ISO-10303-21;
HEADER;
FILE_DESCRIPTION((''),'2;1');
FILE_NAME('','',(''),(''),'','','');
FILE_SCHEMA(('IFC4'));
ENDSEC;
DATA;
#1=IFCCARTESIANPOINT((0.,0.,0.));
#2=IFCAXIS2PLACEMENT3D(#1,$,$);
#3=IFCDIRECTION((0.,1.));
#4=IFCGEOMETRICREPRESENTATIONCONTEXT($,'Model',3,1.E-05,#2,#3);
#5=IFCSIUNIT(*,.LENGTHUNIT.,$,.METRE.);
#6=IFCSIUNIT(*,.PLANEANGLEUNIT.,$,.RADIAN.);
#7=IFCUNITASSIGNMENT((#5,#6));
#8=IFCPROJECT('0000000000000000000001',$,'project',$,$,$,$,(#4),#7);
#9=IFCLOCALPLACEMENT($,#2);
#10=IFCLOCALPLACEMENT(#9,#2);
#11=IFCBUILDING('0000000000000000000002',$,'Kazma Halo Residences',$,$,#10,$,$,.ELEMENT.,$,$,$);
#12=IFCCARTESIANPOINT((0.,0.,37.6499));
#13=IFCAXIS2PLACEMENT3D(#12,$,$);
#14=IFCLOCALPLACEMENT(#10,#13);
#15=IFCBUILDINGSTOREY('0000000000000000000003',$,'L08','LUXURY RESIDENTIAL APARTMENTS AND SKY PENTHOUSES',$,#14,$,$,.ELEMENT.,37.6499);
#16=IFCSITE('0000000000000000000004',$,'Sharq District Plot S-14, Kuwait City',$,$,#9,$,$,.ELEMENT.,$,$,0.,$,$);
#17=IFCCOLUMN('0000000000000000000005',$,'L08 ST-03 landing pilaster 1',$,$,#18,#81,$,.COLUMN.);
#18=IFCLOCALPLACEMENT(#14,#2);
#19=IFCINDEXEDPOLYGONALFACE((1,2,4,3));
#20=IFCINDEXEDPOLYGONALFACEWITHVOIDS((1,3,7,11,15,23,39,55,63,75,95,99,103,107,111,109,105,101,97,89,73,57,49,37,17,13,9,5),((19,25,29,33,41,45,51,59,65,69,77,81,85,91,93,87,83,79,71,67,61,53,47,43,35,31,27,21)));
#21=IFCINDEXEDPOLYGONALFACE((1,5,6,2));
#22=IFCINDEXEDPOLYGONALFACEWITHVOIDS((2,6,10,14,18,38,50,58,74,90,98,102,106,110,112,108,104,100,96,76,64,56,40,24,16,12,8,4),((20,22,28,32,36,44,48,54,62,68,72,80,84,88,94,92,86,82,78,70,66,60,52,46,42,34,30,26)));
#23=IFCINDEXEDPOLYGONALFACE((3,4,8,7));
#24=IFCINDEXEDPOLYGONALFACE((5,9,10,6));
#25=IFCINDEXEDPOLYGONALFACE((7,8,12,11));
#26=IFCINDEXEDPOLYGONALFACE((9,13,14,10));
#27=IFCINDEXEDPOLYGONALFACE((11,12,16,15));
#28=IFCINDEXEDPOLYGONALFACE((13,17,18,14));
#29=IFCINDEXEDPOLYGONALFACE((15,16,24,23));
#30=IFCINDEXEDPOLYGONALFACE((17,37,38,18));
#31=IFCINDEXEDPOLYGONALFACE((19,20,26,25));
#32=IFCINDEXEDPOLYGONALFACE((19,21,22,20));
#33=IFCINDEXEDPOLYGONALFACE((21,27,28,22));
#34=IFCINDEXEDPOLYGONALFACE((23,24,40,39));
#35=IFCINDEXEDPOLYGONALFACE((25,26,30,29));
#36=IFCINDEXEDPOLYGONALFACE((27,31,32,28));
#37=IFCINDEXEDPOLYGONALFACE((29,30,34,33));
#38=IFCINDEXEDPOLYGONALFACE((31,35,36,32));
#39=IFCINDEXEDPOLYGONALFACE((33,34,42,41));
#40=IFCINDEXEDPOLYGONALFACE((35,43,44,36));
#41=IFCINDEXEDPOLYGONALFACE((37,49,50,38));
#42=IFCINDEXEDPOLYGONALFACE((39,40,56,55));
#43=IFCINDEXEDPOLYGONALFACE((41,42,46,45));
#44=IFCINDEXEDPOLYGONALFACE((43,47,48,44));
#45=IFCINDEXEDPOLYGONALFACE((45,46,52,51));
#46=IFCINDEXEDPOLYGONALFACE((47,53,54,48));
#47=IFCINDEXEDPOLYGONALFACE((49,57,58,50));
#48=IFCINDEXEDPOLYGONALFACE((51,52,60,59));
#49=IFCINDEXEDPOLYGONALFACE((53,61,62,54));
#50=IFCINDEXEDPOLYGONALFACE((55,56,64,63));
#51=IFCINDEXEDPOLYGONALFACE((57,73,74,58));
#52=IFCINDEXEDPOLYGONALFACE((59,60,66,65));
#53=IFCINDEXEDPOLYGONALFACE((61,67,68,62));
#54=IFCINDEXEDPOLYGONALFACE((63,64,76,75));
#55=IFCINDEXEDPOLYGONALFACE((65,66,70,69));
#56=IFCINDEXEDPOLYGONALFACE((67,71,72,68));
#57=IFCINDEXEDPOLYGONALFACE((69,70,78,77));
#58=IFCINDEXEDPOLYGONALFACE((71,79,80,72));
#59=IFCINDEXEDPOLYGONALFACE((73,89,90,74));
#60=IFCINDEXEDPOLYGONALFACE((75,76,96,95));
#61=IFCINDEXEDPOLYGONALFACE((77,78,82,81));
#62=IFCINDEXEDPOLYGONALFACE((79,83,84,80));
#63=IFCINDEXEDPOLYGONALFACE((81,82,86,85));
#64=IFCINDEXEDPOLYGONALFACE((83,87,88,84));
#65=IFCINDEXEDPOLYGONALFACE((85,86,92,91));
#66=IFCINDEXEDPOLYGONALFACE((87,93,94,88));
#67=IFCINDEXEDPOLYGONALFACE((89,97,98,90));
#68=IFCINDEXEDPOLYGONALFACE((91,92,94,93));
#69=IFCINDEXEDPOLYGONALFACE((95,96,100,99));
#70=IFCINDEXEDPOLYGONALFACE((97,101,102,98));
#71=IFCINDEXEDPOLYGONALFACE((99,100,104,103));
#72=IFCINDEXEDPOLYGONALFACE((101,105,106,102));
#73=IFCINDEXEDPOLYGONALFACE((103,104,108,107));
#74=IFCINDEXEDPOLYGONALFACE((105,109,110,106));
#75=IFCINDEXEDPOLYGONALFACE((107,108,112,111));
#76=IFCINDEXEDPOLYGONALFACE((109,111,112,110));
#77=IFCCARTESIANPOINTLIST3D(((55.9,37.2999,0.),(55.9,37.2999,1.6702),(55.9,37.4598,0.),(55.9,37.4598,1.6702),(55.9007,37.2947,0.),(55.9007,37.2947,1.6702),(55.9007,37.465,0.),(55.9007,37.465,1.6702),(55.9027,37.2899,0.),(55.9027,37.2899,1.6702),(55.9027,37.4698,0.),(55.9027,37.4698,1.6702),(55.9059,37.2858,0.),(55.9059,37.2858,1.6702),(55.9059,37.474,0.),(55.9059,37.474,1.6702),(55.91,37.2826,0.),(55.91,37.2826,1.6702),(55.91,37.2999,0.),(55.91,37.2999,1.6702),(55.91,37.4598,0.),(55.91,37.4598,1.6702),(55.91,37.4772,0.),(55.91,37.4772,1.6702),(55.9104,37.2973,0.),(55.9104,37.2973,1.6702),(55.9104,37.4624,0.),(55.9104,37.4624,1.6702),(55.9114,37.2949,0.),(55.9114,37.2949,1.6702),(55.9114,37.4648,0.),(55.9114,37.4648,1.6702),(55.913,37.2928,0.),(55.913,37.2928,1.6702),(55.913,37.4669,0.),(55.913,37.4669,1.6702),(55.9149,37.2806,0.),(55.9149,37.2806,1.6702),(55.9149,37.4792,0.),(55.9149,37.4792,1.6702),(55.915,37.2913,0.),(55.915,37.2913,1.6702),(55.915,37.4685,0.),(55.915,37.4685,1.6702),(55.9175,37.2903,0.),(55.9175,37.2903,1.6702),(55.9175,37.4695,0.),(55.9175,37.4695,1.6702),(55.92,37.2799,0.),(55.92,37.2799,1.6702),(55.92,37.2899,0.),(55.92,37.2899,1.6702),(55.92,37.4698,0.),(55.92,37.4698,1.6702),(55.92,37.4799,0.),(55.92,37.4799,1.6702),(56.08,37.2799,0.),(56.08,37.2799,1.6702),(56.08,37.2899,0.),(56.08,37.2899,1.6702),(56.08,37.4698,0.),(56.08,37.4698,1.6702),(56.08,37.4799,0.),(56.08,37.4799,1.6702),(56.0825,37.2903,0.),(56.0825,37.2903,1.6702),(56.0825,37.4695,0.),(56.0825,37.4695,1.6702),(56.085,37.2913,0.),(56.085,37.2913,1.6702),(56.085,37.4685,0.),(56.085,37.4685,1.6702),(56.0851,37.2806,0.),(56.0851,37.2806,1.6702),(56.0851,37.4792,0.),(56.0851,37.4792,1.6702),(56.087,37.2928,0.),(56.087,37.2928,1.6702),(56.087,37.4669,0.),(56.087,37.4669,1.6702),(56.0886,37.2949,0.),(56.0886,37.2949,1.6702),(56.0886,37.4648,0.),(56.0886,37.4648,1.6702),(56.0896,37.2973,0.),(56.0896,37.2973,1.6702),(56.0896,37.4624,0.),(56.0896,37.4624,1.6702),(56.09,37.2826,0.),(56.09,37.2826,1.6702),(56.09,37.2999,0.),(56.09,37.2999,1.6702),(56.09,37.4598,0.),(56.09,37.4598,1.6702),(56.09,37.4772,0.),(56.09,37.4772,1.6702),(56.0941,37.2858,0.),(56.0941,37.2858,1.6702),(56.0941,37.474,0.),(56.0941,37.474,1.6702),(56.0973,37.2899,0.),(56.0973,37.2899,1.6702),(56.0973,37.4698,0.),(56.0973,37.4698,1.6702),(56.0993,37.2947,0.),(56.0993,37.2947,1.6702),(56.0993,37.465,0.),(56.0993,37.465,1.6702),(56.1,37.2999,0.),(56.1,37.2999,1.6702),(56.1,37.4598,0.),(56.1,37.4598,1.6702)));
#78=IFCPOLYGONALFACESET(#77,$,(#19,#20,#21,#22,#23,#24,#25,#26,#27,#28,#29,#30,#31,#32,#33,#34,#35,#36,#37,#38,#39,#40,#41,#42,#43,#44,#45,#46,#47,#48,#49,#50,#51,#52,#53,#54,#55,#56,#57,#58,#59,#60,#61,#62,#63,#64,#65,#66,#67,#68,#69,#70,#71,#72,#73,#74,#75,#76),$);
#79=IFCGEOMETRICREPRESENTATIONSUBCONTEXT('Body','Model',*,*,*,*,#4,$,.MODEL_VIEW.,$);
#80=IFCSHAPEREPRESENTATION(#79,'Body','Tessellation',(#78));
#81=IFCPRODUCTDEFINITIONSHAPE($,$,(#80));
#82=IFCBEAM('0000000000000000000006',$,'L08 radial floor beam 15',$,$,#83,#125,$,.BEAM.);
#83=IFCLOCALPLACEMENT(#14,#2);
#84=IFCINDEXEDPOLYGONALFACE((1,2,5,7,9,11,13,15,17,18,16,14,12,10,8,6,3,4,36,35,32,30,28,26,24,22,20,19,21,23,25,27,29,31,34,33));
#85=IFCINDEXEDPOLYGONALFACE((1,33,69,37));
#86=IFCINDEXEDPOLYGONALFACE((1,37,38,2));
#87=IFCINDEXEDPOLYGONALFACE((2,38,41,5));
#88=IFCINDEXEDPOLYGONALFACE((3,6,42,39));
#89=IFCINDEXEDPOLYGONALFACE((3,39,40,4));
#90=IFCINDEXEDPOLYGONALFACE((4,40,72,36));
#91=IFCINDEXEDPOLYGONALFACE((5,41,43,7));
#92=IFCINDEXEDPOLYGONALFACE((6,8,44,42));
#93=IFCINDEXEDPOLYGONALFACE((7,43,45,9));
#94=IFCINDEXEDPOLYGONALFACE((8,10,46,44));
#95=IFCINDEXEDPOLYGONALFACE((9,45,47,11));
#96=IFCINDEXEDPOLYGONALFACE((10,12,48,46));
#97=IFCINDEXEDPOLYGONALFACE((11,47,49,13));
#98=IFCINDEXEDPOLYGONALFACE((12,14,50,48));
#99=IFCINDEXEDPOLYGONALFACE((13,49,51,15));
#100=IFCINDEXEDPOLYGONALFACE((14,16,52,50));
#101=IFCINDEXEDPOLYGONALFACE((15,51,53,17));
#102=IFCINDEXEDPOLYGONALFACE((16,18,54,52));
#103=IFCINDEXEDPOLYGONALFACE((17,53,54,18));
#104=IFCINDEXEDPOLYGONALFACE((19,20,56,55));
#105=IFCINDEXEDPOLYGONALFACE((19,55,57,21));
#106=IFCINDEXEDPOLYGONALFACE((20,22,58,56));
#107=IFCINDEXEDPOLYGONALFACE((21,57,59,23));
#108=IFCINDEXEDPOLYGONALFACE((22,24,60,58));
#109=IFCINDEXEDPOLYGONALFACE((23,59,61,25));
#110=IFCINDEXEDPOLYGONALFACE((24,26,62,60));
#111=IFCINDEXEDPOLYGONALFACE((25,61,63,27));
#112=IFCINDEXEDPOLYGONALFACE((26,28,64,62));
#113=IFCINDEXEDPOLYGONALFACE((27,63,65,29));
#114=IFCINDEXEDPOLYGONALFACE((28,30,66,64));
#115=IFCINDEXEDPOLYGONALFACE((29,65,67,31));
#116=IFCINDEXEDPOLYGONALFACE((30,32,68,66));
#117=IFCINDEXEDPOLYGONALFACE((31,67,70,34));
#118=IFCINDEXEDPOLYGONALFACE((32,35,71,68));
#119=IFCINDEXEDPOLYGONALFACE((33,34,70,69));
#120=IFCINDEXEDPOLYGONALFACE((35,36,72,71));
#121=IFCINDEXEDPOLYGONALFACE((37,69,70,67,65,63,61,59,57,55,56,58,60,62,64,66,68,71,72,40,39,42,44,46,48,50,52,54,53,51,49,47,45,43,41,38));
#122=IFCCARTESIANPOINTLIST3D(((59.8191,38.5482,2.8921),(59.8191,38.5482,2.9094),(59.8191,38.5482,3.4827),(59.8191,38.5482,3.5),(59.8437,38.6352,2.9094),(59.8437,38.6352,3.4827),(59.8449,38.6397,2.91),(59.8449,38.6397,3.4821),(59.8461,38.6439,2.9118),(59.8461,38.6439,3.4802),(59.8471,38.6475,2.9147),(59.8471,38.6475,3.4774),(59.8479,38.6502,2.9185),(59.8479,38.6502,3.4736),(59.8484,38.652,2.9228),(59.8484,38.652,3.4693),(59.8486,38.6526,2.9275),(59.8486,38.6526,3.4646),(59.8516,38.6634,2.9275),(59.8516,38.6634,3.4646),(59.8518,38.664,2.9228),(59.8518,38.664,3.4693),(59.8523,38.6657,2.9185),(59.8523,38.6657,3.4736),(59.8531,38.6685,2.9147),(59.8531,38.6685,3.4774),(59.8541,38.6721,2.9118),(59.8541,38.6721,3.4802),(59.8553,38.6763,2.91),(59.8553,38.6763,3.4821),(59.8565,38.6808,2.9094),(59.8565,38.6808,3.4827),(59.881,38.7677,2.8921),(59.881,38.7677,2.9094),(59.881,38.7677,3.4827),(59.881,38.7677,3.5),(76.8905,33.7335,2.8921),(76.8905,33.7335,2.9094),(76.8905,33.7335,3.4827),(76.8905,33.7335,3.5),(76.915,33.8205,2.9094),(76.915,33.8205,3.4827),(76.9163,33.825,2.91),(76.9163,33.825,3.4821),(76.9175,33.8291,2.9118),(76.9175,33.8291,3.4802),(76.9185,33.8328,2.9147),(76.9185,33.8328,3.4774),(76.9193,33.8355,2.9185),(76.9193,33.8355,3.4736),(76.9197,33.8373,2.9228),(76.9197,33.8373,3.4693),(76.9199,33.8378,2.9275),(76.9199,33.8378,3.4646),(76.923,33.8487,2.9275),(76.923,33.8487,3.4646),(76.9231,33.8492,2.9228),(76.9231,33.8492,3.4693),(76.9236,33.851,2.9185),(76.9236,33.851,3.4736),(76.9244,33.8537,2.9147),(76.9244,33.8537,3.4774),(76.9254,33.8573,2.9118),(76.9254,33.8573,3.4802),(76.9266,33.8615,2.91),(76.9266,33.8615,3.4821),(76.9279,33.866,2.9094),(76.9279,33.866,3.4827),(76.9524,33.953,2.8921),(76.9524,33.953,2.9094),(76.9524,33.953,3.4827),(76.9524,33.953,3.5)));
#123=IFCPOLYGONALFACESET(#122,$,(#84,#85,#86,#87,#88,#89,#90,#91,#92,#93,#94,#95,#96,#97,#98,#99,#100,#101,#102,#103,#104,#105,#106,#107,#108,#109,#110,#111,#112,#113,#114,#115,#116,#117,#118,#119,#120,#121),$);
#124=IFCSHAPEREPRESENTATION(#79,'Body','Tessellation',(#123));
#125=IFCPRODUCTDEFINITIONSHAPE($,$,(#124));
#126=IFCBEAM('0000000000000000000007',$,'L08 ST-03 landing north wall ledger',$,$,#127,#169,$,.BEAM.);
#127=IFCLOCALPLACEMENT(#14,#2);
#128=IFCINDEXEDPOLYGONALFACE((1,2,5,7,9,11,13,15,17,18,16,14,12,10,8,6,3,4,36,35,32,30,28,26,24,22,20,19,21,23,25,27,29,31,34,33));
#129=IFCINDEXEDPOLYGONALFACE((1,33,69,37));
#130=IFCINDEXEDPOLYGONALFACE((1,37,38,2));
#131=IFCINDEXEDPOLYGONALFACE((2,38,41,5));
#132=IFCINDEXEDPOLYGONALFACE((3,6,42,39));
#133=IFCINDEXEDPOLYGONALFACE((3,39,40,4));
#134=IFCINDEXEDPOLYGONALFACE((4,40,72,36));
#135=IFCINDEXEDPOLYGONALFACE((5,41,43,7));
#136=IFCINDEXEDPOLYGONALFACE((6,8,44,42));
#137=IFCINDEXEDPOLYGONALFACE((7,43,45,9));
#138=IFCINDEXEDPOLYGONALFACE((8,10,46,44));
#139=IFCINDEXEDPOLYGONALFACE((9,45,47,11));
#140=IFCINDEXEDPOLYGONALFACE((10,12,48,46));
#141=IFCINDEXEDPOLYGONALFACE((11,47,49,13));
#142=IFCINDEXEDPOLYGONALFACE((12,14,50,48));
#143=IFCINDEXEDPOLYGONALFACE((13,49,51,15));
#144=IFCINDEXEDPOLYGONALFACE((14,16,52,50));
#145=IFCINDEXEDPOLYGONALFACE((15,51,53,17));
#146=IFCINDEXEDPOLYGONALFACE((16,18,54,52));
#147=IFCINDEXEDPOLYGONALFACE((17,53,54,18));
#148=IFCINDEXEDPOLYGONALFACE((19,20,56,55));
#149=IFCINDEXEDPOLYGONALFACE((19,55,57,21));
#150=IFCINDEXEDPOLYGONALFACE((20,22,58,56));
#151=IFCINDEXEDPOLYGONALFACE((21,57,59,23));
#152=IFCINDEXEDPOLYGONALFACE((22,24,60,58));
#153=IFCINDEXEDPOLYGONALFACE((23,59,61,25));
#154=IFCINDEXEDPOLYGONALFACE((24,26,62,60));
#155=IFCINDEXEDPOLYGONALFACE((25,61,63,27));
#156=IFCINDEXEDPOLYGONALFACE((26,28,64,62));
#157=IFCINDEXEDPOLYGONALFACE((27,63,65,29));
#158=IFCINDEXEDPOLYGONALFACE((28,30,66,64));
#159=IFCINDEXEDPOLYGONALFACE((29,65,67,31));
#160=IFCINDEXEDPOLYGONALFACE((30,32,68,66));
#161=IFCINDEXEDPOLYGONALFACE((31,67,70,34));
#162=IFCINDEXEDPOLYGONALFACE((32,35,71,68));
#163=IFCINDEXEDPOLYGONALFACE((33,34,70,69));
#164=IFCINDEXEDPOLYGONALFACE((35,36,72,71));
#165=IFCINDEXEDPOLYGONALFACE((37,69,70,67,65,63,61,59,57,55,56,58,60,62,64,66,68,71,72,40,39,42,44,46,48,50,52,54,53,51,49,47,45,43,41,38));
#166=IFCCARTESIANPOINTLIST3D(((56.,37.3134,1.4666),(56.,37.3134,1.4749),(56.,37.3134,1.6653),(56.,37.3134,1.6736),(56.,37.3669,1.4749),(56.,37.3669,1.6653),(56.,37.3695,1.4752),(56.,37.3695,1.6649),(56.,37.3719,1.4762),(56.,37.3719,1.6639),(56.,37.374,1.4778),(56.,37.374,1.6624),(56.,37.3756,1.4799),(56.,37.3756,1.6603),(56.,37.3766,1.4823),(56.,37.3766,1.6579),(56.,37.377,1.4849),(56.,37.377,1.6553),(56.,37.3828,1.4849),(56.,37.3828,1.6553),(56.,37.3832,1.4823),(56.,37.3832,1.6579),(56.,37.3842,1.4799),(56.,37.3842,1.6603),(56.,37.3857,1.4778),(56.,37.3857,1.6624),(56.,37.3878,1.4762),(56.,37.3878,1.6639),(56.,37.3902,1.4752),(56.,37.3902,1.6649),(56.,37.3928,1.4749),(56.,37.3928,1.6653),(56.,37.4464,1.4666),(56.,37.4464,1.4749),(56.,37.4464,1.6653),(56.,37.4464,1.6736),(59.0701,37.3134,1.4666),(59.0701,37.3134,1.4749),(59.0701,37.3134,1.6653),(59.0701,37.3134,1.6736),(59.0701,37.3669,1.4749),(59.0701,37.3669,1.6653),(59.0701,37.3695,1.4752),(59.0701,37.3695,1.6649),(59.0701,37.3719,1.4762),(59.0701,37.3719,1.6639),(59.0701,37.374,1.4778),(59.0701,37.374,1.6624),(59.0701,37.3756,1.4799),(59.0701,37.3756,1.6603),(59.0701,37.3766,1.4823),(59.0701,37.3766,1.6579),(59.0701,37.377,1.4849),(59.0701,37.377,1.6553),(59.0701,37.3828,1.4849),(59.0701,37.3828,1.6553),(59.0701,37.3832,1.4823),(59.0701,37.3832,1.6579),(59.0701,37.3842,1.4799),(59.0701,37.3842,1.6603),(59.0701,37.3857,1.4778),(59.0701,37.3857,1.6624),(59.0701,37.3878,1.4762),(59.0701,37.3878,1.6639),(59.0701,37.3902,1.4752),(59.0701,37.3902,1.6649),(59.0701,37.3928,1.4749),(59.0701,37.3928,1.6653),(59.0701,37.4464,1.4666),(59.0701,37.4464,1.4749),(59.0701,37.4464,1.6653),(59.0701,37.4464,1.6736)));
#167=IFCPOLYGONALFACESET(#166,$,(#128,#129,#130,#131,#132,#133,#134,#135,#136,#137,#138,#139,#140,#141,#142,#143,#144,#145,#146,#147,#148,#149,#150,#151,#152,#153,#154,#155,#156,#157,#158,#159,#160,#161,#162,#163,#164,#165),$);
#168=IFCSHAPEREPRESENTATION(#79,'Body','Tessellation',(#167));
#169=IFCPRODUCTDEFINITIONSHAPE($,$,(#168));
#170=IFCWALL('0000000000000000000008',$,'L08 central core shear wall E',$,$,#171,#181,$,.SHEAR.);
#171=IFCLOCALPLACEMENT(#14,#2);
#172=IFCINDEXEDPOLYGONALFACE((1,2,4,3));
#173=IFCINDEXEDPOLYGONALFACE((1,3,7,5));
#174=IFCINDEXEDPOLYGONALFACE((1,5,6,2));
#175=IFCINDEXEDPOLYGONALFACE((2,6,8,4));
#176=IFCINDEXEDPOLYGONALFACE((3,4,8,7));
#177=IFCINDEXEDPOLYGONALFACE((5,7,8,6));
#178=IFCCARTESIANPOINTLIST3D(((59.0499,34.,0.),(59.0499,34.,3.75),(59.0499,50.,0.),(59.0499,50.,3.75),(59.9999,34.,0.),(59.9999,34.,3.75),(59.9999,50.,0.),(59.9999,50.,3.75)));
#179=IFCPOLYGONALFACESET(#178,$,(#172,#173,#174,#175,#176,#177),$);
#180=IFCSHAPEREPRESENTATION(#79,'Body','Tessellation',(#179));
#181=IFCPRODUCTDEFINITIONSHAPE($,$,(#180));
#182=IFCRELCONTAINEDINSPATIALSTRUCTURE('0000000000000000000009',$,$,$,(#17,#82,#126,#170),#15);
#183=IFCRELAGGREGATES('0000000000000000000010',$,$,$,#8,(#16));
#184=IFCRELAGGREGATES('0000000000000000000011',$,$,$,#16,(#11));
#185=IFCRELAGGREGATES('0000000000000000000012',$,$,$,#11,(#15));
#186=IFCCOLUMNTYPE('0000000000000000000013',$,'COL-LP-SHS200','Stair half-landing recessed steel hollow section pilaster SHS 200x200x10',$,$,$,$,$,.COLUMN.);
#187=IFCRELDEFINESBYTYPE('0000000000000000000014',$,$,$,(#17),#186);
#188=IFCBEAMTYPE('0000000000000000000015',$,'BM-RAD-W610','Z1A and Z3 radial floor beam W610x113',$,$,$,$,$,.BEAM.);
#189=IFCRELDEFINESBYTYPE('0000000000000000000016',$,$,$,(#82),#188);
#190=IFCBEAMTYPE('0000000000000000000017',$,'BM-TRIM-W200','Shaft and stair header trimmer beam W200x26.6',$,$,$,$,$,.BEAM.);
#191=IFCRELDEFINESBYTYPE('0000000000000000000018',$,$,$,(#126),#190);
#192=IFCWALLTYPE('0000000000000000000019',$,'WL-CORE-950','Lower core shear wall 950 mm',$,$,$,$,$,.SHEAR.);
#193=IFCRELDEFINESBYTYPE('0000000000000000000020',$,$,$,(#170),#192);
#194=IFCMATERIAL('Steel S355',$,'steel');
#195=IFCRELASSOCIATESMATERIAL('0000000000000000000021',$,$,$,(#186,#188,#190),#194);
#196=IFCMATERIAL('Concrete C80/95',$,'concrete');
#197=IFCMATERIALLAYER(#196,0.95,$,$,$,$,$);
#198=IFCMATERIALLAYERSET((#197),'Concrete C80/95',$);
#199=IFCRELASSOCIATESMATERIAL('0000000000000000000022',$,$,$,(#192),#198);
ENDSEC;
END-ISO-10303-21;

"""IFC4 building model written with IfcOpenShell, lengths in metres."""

from ifc_helpers import new_model, si_unit, direction, frame, frame_2d, origin, origin_2d, place, context, subcontext, project, spatial, rectangle, hollow_rectangle, i_section, extrude, material, layer, layer_set, material_profile, profile_set, type_object, element, save


model = new_model("IFC4")

# Units and contexts
model_context = context("Model", 3, precision=1e-05, world=origin(), true_north=direction((0.0, 1.0)))
body_context = subcontext(model_context, "Body", "Model", "MODEL_VIEW")
ifc_project = project(units=[si_unit("LENGTHUNIT", "METRE"), si_unit("PLANEANGLEUNIT", "RADIAN")], contexts=[model_context])

# Site, building, storey
site_placement = place(None, origin())
site = spatial("IfcSite", under=ifc_project, at=site_placement, Name="Sharq District Plot S-14, Kuwait City", CompositionType="ELEMENT", RefElevation=0.0)
building_placement = place(site_placement, origin())
building = spatial("IfcBuilding", under=site, at=building_placement, Name="Kazma Halo Residences", CompositionType="ELEMENT")
storey_placement = place(building_placement, frame((0.0, 0.0, 37.6499)))
storey = spatial("IfcBuildingStorey", under=building, at=storey_placement, Name="L08", Description="LUXURY RESIDENTIAL APARTMENTS AND SKY PENTHOUSES", CompositionType="ELEMENT", Elevation=37.6499)

# Column
ifc_material_1 = material(Name="Steel S355", Category="steel")
ifc_material_profile_1 = material_profile(ifc_material_1, hollow_rectangle(XDim=0.2, YDim=0.2, WallThickness=0.01, InnerFilletRadius=0.01, OuterFilletRadius=0.02, at=origin_2d()), Name="SHS200x200x10")
ifc_profile_set_1 = profile_set([ifc_material_profile_1], Name="Steel S355")
column_type = type_object("IfcColumnType", Name="COL-LP-SHS200", Description="Stair half-landing recessed steel hollow section pilaster SHS 200x200x10", PredefinedType="COLUMN", material=ifc_profile_set_1)
column_placement = place(storey_placement, frame((56.0, 37.3799, 0.0), z_axis=(0.0, 0.0, 1.0), x_axis=(1.0, 0.0, 0.0)))
element("IfcColumn", 1, at=column_placement, inside=storey, type_object=column_type, Name="L08 ST-03 landing pilaster 1", PredefinedType="COLUMN", context=body_context, shape_type="SweptSolid", body=[
    extrude(hollow_rectangle(XDim=0.2, YDim=0.2, WallThickness=0.01, InnerFilletRadius=0.01, OuterFilletRadius=0.02, at=origin_2d()), origin(), (0.0, 0.0, 1.0), 1.6702),
])

# Beams
ifc_material_profile_2 = material_profile(ifc_material_1, i_section(OverallWidth=0.228, OverallDepth=0.6079, WebThickness=0.0112, FlangeThickness=0.0173, FilletRadius=0.0181, at=origin_2d()), Name="W610x113")
ifc_profile_set_2 = profile_set([ifc_material_profile_2], Name="Steel S355")
beam_type_1 = type_object("IfcBeamType", Name="BM-RAD-W610", Description="Z1A and Z3 radial floor beam W610x113", PredefinedType="BEAM", material=ifc_profile_set_2)
beam_1_placement = place(storey_placement, frame((59.8501, 38.658, 3.196), z_axis=(0.962454, -0.271445, 0.0), x_axis=(0.271445, 0.962454, 0.0)))
element("IfcBeam", 2, at=beam_1_placement, inside=storey, type_object=beam_type_1, Name="L08 radial floor beam 15", PredefinedType="BEAM", context=body_context, shape_type="SweptSolid", body=[
    extrude(i_section(OverallWidth=0.228, OverallDepth=0.6079, WebThickness=0.0112, FlangeThickness=0.0173, FilletRadius=0.0181, at=origin_2d()), origin(), (0.0, 0.0, 1.0), 17.7373),
])
ifc_material_profile_3 = material_profile(ifc_material_1, i_section(OverallWidth=0.1331, OverallDepth=0.207, WebThickness=0.0059, FlangeThickness=0.0083, FilletRadius=0.01, at=origin_2d()), Name="W200x26.6")
ifc_profile_set_3 = profile_set([ifc_material_profile_3], Name="Steel S355")
beam_type_2 = type_object("IfcBeamType", Name="BM-TRIM-W200", Description="Shaft and stair header trimmer beam W200x26.6", PredefinedType="BEAM", material=ifc_profile_set_3)
beam_2_placement = place(storey_placement, frame((56.0, 37.3799, 1.5701), z_axis=(1.0, 0.0, 0.0), x_axis=(0.0, 1.0, 0.0)))
element("IfcBeam", 3, at=beam_2_placement, inside=storey, type_object=beam_type_2, Name="L08 ST-03 landing north wall ledger", PredefinedType="BEAM", context=body_context, shape_type="SweptSolid", body=[
    extrude(i_section(OverallWidth=0.1331, OverallDepth=0.207, WebThickness=0.0059, FlangeThickness=0.0083, FilletRadius=0.01, at=origin_2d()), origin(), (0.0, 0.0, 1.0), 3.0701),
])

# Wall
ifc_material_2 = material(Name="Concrete C80/95", Category="concrete")
ifc_layer_1 = layer(ifc_material_2, 0.95)
ifc_layer_set_1 = layer_set([ifc_layer_1], Name="Concrete C80/95")
wall_type_1 = type_object("IfcWallType", Name="WL-CORE-950", Description="Lower core shear wall 950 mm", PredefinedType="SHEAR", material=ifc_layer_set_1)
wall_1_placement = place(storey_placement, frame((59.5249, 34.0, 0.0), z_axis=(0.0, 0.0, 1.0), x_axis=(0.0, 1.0, 0.0)))
element("IfcWall", 4, at=wall_1_placement, inside=storey, type_object=wall_type_1, Name="L08 central core shear wall E", PredefinedType="SHEAR", context=body_context, shape_type="SweptSolid", body=[
    extrude(rectangle(XDim=16.0, YDim=0.95, at=frame_2d((8.0, 0.0))), origin(), (0.0, 0.0, 1.0), 3.75),
])

save(model, "model.ifc")
